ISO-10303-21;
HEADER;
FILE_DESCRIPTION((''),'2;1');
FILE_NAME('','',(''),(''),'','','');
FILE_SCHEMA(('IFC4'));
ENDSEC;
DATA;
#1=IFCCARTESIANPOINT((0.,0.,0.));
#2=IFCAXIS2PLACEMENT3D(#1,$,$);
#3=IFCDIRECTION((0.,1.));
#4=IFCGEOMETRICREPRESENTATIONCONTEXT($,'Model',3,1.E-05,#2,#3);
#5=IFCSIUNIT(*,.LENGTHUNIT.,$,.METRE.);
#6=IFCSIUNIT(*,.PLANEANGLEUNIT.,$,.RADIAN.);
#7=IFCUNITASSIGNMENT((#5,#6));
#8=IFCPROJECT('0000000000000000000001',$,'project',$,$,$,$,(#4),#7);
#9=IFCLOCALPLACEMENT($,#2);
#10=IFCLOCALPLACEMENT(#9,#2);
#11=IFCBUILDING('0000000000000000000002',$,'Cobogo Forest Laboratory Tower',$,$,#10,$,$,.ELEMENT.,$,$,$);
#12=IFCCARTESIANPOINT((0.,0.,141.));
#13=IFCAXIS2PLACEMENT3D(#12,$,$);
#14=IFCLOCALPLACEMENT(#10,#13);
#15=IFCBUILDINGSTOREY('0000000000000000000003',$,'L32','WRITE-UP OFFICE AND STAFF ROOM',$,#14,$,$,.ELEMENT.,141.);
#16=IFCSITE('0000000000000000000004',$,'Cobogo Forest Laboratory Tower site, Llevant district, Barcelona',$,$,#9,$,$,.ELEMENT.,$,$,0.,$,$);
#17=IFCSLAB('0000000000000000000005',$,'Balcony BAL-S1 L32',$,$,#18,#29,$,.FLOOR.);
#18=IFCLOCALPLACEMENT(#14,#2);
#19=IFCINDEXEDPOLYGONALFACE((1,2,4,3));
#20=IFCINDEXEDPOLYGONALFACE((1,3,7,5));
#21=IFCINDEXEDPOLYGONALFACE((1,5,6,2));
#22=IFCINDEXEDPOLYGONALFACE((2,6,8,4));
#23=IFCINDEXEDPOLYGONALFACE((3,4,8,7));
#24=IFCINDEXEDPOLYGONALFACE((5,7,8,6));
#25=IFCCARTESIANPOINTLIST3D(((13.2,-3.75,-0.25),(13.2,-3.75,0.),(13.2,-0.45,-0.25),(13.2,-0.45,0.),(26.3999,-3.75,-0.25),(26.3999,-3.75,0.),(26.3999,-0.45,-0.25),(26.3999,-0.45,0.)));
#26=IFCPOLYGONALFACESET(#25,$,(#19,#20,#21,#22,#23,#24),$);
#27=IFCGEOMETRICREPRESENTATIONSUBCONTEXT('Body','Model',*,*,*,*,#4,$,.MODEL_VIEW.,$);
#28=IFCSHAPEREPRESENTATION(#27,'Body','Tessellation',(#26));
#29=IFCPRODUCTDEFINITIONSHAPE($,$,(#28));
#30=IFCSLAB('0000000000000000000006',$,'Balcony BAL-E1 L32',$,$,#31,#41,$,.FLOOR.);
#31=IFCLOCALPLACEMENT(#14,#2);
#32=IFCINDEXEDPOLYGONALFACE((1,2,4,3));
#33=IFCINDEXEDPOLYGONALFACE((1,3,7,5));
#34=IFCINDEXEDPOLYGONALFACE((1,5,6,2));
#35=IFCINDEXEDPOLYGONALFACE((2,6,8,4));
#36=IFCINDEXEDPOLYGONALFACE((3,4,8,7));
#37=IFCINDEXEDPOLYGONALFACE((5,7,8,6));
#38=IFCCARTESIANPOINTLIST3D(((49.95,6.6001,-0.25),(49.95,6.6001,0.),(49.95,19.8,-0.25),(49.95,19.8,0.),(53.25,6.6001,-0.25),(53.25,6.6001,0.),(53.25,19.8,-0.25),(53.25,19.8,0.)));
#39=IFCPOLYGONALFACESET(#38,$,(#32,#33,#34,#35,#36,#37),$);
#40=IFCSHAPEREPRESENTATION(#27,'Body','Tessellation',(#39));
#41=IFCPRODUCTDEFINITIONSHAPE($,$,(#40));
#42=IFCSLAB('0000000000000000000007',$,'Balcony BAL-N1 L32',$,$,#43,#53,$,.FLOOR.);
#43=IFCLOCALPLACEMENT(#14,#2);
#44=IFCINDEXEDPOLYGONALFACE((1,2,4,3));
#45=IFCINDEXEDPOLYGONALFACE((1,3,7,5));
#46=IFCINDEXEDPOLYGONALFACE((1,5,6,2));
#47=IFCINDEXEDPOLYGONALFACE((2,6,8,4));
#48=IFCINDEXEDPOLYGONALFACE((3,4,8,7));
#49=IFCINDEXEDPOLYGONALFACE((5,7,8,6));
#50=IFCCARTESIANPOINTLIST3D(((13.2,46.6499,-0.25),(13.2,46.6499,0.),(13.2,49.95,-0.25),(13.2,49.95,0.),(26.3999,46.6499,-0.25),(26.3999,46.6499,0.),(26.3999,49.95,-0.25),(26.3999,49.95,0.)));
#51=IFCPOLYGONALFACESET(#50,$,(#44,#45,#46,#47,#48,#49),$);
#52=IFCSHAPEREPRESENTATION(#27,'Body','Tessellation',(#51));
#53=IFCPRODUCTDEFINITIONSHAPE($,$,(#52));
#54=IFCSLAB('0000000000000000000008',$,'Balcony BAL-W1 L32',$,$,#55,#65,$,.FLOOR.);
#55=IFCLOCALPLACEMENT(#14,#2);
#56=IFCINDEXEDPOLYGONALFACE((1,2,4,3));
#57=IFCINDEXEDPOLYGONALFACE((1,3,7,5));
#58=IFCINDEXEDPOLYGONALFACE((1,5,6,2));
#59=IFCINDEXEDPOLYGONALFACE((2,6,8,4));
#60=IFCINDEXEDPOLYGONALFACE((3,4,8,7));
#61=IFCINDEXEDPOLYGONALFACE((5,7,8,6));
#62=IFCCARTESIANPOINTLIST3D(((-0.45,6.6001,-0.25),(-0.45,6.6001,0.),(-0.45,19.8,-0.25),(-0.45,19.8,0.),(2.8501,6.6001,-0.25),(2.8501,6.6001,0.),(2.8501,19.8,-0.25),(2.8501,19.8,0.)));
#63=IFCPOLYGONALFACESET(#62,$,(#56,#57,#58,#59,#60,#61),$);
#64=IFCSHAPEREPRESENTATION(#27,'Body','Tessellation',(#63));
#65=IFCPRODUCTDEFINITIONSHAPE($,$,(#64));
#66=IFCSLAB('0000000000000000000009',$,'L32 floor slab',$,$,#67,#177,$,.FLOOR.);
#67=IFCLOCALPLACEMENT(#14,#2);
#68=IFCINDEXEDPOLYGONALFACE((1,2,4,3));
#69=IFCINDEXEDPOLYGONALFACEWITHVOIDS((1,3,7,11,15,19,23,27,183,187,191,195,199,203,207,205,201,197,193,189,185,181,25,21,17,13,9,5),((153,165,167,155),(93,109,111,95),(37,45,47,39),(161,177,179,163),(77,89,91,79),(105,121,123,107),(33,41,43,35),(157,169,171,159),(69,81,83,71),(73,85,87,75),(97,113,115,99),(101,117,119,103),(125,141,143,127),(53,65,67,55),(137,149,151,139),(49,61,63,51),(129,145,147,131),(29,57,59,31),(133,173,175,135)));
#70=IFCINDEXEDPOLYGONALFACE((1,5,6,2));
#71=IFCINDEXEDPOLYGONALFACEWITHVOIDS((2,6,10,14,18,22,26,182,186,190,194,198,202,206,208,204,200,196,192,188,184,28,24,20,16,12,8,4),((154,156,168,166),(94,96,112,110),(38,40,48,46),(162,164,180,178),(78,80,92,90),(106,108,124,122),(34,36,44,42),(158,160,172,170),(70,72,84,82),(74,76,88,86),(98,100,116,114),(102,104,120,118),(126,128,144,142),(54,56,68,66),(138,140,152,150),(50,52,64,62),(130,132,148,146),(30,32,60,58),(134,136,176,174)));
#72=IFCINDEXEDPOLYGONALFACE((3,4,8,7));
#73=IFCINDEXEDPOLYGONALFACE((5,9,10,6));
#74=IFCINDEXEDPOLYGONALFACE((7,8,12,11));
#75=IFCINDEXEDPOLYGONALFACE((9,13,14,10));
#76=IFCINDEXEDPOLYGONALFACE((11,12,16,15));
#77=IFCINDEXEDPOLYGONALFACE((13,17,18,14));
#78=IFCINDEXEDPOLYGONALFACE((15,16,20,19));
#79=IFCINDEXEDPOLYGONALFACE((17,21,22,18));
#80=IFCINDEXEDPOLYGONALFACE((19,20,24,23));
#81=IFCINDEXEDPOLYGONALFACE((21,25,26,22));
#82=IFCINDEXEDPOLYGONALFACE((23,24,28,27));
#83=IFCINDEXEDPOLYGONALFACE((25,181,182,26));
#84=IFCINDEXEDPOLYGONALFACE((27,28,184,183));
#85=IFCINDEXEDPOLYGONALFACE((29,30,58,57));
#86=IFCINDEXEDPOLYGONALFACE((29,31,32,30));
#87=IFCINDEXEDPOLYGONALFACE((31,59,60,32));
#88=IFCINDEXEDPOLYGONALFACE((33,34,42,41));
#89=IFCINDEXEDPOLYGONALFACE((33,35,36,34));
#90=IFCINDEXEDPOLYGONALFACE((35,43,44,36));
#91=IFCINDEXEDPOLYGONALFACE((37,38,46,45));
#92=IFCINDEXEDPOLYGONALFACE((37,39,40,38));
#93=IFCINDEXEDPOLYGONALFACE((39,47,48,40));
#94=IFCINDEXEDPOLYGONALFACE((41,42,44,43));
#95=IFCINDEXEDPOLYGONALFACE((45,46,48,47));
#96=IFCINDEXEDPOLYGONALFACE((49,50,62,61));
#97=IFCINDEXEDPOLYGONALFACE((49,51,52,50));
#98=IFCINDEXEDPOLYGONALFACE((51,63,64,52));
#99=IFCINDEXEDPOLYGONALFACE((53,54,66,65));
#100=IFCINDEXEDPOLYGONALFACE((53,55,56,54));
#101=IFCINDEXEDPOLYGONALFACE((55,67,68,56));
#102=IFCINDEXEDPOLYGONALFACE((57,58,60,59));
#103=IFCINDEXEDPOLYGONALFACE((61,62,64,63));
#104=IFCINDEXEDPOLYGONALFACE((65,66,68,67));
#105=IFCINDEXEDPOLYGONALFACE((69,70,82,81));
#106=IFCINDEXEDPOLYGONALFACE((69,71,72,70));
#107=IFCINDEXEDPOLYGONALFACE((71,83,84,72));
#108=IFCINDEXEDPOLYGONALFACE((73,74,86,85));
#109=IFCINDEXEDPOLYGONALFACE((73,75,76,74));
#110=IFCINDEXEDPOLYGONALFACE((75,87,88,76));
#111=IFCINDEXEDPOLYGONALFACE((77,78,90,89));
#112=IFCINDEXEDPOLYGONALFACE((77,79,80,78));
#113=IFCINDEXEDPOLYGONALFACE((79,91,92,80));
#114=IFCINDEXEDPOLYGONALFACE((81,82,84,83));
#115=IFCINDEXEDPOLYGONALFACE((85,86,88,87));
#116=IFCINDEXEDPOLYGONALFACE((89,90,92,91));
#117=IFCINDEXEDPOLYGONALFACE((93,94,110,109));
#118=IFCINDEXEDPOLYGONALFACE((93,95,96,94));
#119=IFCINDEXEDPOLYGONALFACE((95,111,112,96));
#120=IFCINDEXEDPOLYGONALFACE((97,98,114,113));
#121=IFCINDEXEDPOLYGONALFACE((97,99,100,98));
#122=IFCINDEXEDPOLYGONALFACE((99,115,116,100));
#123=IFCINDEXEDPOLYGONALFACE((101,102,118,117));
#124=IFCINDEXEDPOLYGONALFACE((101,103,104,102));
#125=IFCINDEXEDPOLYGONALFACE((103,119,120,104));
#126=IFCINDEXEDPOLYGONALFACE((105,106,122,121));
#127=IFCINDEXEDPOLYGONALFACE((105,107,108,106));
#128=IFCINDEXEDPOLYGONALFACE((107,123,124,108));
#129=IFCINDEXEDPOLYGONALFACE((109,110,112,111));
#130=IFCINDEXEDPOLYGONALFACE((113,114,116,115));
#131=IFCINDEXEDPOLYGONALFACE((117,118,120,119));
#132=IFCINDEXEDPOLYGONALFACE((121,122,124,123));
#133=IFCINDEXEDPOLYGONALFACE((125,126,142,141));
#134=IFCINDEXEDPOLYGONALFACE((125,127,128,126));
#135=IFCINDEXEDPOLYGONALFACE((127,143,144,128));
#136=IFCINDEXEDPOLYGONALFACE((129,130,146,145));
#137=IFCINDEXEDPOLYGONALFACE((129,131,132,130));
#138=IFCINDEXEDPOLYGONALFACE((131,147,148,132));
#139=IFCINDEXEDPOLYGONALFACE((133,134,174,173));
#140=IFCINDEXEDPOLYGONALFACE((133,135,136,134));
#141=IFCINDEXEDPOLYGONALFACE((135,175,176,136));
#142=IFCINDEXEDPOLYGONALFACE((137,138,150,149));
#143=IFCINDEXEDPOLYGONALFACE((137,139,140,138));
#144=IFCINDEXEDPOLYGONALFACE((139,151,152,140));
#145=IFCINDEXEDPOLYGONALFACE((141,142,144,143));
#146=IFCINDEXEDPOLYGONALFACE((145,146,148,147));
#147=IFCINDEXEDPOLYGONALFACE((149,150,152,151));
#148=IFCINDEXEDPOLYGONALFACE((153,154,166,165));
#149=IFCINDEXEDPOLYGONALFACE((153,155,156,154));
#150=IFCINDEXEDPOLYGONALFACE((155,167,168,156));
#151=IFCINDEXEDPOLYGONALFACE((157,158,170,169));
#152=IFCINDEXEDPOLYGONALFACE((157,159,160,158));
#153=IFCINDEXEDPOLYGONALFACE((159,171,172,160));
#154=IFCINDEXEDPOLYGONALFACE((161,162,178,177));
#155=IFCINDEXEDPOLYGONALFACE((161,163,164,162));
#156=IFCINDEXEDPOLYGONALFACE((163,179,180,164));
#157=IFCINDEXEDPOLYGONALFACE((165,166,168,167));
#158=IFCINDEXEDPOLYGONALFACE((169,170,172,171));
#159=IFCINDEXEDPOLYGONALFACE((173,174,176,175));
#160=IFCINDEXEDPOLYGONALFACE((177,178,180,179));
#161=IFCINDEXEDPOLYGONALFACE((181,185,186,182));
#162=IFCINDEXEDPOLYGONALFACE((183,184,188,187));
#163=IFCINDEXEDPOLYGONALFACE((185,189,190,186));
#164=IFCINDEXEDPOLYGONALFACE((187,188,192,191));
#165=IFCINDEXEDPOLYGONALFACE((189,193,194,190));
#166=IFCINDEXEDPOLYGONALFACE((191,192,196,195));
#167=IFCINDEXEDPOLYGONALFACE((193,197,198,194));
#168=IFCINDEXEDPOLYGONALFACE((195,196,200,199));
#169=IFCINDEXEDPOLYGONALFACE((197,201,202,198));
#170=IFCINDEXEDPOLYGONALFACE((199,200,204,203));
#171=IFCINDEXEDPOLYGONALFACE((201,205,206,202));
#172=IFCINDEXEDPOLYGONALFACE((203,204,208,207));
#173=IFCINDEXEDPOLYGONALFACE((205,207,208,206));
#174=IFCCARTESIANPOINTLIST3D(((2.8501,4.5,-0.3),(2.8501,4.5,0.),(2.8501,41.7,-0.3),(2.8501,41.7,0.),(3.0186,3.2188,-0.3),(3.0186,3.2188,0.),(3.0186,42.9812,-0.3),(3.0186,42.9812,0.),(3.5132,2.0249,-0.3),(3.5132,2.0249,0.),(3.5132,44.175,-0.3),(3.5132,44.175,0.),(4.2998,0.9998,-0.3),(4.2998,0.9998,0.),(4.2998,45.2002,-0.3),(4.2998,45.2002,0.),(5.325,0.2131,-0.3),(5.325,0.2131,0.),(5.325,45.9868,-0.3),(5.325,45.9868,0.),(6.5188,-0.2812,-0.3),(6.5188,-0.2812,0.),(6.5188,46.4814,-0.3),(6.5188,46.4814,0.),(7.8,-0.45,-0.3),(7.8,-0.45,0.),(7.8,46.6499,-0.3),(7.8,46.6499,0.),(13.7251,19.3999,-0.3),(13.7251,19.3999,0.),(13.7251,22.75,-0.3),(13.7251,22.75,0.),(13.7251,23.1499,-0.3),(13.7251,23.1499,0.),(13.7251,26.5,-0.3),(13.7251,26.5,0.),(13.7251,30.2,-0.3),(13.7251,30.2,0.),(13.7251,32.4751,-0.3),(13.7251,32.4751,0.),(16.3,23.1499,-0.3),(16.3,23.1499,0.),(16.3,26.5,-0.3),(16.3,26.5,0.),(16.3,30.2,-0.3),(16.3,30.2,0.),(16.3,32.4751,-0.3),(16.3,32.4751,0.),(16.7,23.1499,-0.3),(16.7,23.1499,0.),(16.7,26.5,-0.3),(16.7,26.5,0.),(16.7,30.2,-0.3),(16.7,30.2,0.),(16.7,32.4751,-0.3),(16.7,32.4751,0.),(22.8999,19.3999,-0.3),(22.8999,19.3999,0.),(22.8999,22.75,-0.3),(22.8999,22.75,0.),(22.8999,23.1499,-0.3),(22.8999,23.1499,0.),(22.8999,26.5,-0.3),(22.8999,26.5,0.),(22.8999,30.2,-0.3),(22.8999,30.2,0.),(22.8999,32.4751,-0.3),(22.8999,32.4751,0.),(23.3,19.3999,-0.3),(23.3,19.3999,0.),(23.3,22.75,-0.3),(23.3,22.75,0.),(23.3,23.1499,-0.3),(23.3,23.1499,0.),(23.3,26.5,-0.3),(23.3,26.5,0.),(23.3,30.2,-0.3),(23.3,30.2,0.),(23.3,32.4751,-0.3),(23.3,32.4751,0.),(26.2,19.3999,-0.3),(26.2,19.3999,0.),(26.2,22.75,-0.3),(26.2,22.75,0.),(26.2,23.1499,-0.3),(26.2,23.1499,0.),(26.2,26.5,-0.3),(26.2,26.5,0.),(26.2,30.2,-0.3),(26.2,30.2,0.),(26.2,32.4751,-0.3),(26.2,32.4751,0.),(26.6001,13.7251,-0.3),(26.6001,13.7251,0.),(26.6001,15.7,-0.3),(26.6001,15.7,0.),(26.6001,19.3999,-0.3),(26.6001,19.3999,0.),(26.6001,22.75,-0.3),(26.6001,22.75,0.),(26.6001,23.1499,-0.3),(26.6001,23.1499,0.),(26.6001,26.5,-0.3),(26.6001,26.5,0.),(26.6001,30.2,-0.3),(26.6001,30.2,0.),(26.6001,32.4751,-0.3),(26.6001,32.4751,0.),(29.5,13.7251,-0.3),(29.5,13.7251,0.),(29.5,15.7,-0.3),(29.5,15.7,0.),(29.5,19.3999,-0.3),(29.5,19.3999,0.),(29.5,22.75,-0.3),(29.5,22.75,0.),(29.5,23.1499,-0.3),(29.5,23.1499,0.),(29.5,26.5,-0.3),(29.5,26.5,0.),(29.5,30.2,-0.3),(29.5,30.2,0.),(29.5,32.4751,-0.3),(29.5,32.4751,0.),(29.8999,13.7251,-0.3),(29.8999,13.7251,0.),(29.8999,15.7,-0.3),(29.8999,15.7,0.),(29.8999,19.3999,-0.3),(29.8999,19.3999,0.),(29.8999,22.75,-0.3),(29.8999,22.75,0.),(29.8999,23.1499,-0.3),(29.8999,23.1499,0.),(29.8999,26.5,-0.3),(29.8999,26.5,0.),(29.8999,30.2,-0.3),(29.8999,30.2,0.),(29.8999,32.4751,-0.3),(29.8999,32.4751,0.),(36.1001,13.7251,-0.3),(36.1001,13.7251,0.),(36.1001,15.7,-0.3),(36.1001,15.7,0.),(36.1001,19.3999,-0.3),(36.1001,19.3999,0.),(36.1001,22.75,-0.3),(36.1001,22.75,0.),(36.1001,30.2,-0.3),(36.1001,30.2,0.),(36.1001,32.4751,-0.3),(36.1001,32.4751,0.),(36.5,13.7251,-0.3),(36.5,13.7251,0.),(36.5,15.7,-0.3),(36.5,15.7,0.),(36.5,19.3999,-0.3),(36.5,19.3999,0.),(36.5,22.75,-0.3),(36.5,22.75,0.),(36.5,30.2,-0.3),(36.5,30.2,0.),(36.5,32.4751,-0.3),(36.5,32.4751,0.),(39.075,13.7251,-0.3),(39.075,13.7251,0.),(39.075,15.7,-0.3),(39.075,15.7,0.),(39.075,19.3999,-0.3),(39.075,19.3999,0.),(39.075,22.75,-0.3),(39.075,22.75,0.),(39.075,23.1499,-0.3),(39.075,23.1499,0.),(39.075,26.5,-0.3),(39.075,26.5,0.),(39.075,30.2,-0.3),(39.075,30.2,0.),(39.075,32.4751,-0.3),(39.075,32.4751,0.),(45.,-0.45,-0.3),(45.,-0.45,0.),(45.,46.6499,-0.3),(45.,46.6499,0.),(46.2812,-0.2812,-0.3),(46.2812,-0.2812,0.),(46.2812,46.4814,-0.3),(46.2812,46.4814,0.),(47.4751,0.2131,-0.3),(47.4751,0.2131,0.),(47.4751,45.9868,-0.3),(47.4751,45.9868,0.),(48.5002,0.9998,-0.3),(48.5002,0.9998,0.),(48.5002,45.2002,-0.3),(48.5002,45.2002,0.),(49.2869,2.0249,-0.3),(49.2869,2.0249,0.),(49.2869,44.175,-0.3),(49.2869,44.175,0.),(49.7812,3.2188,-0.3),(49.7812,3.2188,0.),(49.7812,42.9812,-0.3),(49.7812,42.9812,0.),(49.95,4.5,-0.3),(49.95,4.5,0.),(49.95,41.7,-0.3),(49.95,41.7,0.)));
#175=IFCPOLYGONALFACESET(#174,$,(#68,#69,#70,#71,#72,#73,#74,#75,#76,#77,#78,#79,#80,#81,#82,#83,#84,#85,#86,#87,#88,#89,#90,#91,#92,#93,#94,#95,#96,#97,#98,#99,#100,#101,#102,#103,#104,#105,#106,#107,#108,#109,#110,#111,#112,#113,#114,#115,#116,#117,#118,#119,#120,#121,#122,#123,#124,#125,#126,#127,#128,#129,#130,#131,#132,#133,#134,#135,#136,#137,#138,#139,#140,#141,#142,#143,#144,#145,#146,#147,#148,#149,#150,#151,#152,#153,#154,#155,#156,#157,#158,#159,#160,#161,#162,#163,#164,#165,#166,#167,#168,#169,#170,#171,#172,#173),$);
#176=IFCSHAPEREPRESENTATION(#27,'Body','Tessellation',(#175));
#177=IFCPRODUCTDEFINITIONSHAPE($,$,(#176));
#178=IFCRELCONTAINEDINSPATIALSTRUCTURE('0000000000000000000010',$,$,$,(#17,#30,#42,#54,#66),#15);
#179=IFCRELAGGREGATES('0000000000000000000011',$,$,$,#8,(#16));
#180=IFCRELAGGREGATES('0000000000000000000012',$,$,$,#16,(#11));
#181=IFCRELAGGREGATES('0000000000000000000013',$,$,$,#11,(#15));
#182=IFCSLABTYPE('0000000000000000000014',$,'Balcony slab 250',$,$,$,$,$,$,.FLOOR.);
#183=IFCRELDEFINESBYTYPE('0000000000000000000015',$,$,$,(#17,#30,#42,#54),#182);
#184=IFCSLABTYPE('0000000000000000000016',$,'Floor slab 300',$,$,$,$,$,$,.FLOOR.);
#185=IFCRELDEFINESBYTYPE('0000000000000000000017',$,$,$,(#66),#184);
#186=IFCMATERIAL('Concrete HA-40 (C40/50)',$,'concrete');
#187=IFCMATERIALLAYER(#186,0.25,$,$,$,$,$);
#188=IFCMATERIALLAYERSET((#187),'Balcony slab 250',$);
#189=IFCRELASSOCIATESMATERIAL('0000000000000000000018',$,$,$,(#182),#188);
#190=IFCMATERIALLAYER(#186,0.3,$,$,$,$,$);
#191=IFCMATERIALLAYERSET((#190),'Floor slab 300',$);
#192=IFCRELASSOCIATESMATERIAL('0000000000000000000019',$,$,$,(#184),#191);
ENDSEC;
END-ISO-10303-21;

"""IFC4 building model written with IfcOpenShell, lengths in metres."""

from ifc_helpers import new_model, si_unit, direction, frame, origin, place, context, subcontext, project, spatial, polyline, outline, extrude, material, layer, layer_set, type_object, element, save


model = new_model("IFC4")

# Units and contexts
model_context = context("Model", 3, precision=1e-05, world=origin(), true_north=direction((0.0, 1.0)))
body_context = subcontext(model_context, "Body", "Model", "MODEL_VIEW")
ifc_project = project(units=[si_unit("LENGTHUNIT", "METRE"), si_unit("PLANEANGLEUNIT", "RADIAN")], contexts=[model_context])

# Site, building, storey
site_placement = place(None, origin())
site = spatial("IfcSite", under=ifc_project, at=site_placement, Name="Cobogo Forest Laboratory Tower site, Llevant district, Barcelona", CompositionType="ELEMENT", RefElevation=0.0)
building_placement = place(site_placement, origin())
building = spatial("IfcBuilding", under=site, at=building_placement, Name="Cobogo Forest Laboratory Tower", CompositionType="ELEMENT")
storey_placement = place(building_placement, frame((0.0, 0.0, 141.0)))
storey = spatial("IfcBuildingStorey", under=building, at=storey_placement, Name="L32", Description="WRITE-UP OFFICE AND STAFF ROOM", CompositionType="ELEMENT", Elevation=141.0)

# Slabs
ifc_material_1 = material(Name="Concrete HA-40 (C40/50)", Category="concrete")
ifc_layer_1 = layer(ifc_material_1, 0.25)
ifc_layer_set_1 = layer_set([ifc_layer_1], Name="Balcony slab 250")
slab_type_1 = type_object("IfcSlabType", Name="Balcony slab 250", PredefinedType="FLOOR", material=ifc_layer_set_1)
slab_1_placement = place(storey_placement, frame((0.0, 0.0, -0.25)))
element("IfcSlab", 1, at=slab_1_placement, inside=storey, type_object=slab_type_1, Name="Balcony BAL-S1 L32", PredefinedType="FLOOR", context=body_context, shape_type="SweptSolid", body=[
    extrude(outline(polyline([(13.2, -3.75), (26.3999, -3.75), (26.3999, -0.45), (13.2, -0.45), (13.2, -3.75)])), origin(), (0.0, 0.0, 1.0), 0.25),
])
slab_2_placement = place(storey_placement, frame((0.0, 0.0, -0.25)))
element("IfcSlab", 2, at=slab_2_placement, inside=storey, type_object=slab_type_1, Name="Balcony BAL-E1 L32", PredefinedType="FLOOR", context=body_context, shape_type="SweptSolid", body=[
    extrude(outline(polyline([(49.95, 6.6001), (53.25, 6.6001), (53.25, 19.8), (49.95, 19.8), (49.95, 6.6001)])), origin(), (0.0, 0.0, 1.0), 0.25),
])
slab_3_placement = place(storey_placement, frame((0.0, 0.0, -0.25)))
element("IfcSlab", 3, at=slab_3_placement, inside=storey, type_object=slab_type_1, Name="Balcony BAL-N1 L32", PredefinedType="FLOOR", context=body_context, shape_type="SweptSolid", body=[
    extrude(outline(polyline([(13.2, 46.6499), (26.3999, 46.6499), (26.3999, 49.95), (13.2, 49.95), (13.2, 46.6499)])), origin(), (0.0, 0.0, 1.0), 0.25),
])
slab_4_placement = place(storey_placement, frame((0.0, 0.0, -0.25)))
element("IfcSlab", 4, at=slab_4_placement, inside=storey, type_object=slab_type_1, Name="Balcony BAL-W1 L32", PredefinedType="FLOOR", context=body_context, shape_type="SweptSolid", body=[
    extrude(outline(polyline([(-0.45, 6.6001), (2.8501, 6.6001), (2.8501, 19.8), (-0.45, 19.8), (-0.45, 6.6001)])), origin(), (0.0, 0.0, 1.0), 0.25),
])
ifc_layer_2 = layer(ifc_material_1, 0.3)
ifc_layer_set_2 = layer_set([ifc_layer_2], Name="Floor slab 300")
slab_type_2 = type_object("IfcSlabType", Name="Floor slab 300", PredefinedType="FLOOR", material=ifc_layer_set_2)
slab_5_placement = place(storey_placement, frame((0.0, 0.0, -0.3)))
element("IfcSlab", 5, at=slab_5_placement, inside=storey, type_object=slab_type_2, Name="L32 floor slab", PredefinedType="FLOOR", context=body_context, shape_type="SweptSolid", body=[
    extrude(outline(polyline([(45.0, -0.45), (46.2812, -0.2812), (47.4751, 0.2131), (48.5002, 0.9998), (49.2869, 2.0249), (49.7812, 3.2188), (49.95, 4.5), (49.95, 41.7), (49.7812, 42.9812), (49.2869, 44.175), (48.5002, 45.2002), (47.4751, 45.9868), (46.2812, 46.4814), (45.0, 46.6499), (7.8, 46.6499), (6.5188, 46.4814), (5.325, 45.9868), (4.2998, 45.2002), (3.5132, 44.175), (3.0186, 42.9812), (2.8501, 41.7), (2.8501, 4.5), (3.0186, 3.2188), (3.5132, 2.0249), (4.2998, 0.9998), (5.325, 0.2131), (6.5188, -0.2812), (7.8, -0.45), (45.0, -0.45)]), holes=[polyline([(29.5, 13.7251), (26.6001, 13.7251), (26.6001, 15.7), (29.5, 15.7), (29.5, 13.7251)]), polyline([(36.1001, 15.7), (36.1001, 13.7251), (29.8999, 13.7251), (29.8999, 15.7), (36.1001, 15.7)]), polyline([(36.5, 13.7251), (36.5, 15.7), (39.075, 15.7), (39.075, 13.7251), (36.5, 13.7251)]), polyline([(13.7251, 19.3999), (13.7251, 22.75), (22.8999, 22.75), (22.8999, 19.3999), (13.7251, 19.3999)]), polyline([(23.3, 19.3999), (23.3, 22.75), (26.2, 22.75), (26.2, 19.3999), (23.3, 19.3999)]), polyline([(29.5, 19.3999), (26.6001, 19.3999), (26.6001, 22.75), (29.5, 22.75), (29.5, 19.3999)]), polyline([(36.1001, 22.75), (36.1001, 19.3999), (29.8999, 19.3999), (29.8999, 22.75), (36.1001, 22.75)]), polyline([(39.075, 19.3999), (36.5, 19.3999), (36.5, 22.75), (39.075, 22.75), (39.075, 19.3999)]), polyline([(16.3, 23.1499), (13.7251, 23.1499), (13.7251, 26.5), (16.3, 26.5), (16.3, 23.1499)]), polyline([(22.8999, 26.5), (22.8999, 23.1499), (16.7, 23.1499), (16.7, 26.5), (22.8999, 26.5)]), polyline([(26.2, 23.1499), (23.3, 23.1499), (23.3, 26.5), (26.2, 26.5), (26.2, 23.1499)]), polyline([(26.6001, 23.1499), (26.6001, 26.5), (29.5, 26.5), (29.5, 23.1499), (26.6001, 23.1499)]), polyline([(29.8999, 23.1499), (29.8999, 26.5), (39.075, 26.5), (39.075, 23.1499), (29.8999, 23.1499)]), polyline([(13.7251, 30.2), (13.7251, 32.4751), (16.3, 32.4751), (16.3, 30.2), (13.7251, 30.2)]), polyline([(22.8999, 32.4751), (22.8999, 30.2), (16.7, 30.2), (16.7, 32.4751), (22.8999, 32.4751)]), polyline([(23.3, 30.2), (23.3, 32.4751), (26.2, 32.4751), (26.2, 30.2), (23.3, 30.2)]), polyline([(26.6001, 30.2), (26.6001, 32.4751), (29.5, 32.4751), (29.5, 30.2), (26.6001, 30.2)]), polyline([(36.1001, 32.4751), (36.1001, 30.2), (29.8999, 30.2), (29.8999, 32.4751), (36.1001, 32.4751)]), polyline([(36.5, 30.2), (36.5, 32.4751), (39.075, 32.4751), (39.075, 30.2), (36.5, 30.2)])]), origin(), (0.0, 0.0, 1.0), 0.3),
])

save(model, "model.ifc")
